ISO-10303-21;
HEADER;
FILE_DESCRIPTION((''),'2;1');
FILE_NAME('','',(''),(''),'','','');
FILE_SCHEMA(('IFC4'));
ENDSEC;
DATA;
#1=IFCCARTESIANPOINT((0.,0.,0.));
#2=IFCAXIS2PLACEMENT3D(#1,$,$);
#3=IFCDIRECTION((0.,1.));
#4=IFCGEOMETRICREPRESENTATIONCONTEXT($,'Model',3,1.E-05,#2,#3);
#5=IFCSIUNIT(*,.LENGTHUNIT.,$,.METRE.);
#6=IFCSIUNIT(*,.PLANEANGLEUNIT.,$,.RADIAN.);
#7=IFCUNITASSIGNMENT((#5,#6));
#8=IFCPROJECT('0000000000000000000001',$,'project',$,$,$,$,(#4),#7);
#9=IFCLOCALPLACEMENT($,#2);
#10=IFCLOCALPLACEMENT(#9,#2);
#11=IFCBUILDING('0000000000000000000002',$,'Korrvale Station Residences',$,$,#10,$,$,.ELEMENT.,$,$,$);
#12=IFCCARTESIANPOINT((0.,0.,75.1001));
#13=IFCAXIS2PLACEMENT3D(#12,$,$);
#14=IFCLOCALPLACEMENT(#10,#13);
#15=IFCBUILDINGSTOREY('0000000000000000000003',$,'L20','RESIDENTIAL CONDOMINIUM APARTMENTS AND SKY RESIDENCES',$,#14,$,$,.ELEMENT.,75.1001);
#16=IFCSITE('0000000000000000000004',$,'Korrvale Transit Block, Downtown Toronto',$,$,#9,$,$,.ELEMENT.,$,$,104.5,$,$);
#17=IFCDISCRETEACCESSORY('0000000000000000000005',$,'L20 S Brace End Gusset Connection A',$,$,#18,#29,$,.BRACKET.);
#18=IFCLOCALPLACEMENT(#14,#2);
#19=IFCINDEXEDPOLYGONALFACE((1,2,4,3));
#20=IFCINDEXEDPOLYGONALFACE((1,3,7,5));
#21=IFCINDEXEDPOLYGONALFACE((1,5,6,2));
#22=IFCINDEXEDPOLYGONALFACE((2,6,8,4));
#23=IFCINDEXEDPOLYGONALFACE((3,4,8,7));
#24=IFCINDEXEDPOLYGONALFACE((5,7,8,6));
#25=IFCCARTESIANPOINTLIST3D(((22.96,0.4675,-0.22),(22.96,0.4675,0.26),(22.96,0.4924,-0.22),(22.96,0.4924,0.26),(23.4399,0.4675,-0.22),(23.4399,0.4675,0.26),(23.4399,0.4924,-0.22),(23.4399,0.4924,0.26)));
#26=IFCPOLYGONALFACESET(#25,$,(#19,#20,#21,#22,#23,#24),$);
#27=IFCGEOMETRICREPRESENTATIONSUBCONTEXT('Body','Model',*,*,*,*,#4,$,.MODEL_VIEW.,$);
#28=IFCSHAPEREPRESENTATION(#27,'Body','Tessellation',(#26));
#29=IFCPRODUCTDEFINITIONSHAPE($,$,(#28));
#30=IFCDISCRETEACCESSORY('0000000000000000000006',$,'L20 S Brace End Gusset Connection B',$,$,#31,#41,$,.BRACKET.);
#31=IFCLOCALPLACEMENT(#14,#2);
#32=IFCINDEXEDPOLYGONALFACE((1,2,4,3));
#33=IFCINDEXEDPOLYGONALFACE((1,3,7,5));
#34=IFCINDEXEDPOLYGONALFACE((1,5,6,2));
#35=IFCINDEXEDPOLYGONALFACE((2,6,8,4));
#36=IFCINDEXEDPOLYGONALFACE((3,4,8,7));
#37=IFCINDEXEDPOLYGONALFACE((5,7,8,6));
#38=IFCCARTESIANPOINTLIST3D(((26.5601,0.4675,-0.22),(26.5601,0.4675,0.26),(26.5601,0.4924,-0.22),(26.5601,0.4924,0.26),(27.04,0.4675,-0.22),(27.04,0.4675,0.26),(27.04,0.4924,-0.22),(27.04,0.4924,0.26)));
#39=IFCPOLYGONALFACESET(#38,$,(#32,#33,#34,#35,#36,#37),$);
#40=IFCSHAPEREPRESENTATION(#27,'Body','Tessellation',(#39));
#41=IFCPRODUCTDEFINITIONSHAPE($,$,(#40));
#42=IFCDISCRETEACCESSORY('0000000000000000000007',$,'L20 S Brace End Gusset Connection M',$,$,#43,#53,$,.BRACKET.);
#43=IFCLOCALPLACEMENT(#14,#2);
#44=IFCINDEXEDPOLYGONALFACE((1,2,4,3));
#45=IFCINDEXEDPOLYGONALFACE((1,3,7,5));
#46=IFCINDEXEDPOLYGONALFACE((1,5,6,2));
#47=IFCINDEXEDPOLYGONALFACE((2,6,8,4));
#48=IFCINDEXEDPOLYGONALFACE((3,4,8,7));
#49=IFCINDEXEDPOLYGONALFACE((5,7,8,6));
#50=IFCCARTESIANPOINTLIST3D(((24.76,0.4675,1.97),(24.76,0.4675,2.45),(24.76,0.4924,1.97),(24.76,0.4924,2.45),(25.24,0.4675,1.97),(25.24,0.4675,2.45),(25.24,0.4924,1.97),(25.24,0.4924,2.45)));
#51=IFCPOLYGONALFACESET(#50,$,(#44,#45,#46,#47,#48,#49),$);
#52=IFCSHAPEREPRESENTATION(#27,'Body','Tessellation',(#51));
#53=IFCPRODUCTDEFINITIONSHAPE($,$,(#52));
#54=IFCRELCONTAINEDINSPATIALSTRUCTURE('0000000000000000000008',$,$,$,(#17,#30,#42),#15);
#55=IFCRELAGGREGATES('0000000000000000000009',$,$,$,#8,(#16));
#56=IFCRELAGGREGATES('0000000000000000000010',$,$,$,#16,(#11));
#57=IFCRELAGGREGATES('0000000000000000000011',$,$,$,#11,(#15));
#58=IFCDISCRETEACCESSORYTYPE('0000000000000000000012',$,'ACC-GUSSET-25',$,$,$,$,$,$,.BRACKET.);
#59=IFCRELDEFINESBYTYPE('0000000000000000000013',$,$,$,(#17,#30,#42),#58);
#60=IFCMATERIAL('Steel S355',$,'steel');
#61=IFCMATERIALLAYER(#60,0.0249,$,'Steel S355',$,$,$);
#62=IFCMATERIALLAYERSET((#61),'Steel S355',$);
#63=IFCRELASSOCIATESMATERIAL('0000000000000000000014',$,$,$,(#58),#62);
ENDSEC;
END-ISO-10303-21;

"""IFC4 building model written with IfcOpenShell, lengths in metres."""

from ifc_helpers import new_model, si_unit, direction, frame, origin, origin_2d, place, context, subcontext, project, spatial, rectangle, extrude, material, layer, layer_set, type_object, element, save


model = new_model("IFC4")

# Units and contexts
model_context = context("Model", 3, precision=1e-05, world=origin(), true_north=direction((0.0, 1.0)))
body_context = subcontext(model_context, "Body", "Model", "MODEL_VIEW")
ifc_project = project(units=[si_unit("LENGTHUNIT", "METRE"), si_unit("PLANEANGLEUNIT", "RADIAN")], contexts=[model_context])

# Site, building, storey
site_placement = place(None, origin())
site = spatial("IfcSite", under=ifc_project, at=site_placement, Name="Korrvale Transit Block, Downtown Toronto", CompositionType="ELEMENT", RefElevation=104.5)
building_placement = place(site_placement, origin())
building = spatial("IfcBuilding", under=site, at=building_placement, Name="Korrvale Station Residences", CompositionType="ELEMENT")
storey_placement = place(building_placement, frame((0.0, 0.0, 75.1001)))
storey = spatial("IfcBuildingStorey", under=building, at=storey_placement, Name="L20", Description="RESIDENTIAL CONDOMINIUM APARTMENTS AND SKY RESIDENCES", CompositionType="ELEMENT", Elevation=75.1001)

# Shared definitions
ifc_material_1 = material(Name="Steel S355", Category="steel")

# Discrete accessories
ifc_layer_1 = layer(ifc_material_1, 0.0249, Name="Steel S355")
ifc_layer_set_1 = layer_set([ifc_layer_1], Name="Steel S355")
discrete_accessory_type = type_object("IfcDiscreteAccessoryType", Name="ACC-GUSSET-25", PredefinedType="BRACKET", material=ifc_layer_set_1)
for number, where, z_axis, x_axis, name in (
    (1, (23.2, 0.48, -0.22), (0.0, 0.0, 1.0), (1.0, 0.0, 0.0), "L20 S Brace End Gusset Connection A"),
    (2, (26.8, 0.48, -0.22), (0.0, 0.0, 1.0), (1.0, 0.0, 0.0), "L20 S Brace End Gusset Connection B"),
    (3, (25.0, 0.48, 1.97), (0.0, 0.0, 1.0), (1.0, 0.0, 0.0), "L20 S Brace End Gusset Connection M"),
):
    element("IfcDiscreteAccessory", number, at=place(storey_placement, frame(where, z_axis=z_axis, x_axis=x_axis)), inside=storey, type_object=discrete_accessory_type, Name=name, PredefinedType="BRACKET", context=body_context, shape_type="SweptSolid", body=[
        extrude(rectangle(XDim=0.48, YDim=0.0249, at=origin_2d()), origin(), (0.0, 0.0, 1.0), 0.48),
    ])

save(model, "model.ifc")
